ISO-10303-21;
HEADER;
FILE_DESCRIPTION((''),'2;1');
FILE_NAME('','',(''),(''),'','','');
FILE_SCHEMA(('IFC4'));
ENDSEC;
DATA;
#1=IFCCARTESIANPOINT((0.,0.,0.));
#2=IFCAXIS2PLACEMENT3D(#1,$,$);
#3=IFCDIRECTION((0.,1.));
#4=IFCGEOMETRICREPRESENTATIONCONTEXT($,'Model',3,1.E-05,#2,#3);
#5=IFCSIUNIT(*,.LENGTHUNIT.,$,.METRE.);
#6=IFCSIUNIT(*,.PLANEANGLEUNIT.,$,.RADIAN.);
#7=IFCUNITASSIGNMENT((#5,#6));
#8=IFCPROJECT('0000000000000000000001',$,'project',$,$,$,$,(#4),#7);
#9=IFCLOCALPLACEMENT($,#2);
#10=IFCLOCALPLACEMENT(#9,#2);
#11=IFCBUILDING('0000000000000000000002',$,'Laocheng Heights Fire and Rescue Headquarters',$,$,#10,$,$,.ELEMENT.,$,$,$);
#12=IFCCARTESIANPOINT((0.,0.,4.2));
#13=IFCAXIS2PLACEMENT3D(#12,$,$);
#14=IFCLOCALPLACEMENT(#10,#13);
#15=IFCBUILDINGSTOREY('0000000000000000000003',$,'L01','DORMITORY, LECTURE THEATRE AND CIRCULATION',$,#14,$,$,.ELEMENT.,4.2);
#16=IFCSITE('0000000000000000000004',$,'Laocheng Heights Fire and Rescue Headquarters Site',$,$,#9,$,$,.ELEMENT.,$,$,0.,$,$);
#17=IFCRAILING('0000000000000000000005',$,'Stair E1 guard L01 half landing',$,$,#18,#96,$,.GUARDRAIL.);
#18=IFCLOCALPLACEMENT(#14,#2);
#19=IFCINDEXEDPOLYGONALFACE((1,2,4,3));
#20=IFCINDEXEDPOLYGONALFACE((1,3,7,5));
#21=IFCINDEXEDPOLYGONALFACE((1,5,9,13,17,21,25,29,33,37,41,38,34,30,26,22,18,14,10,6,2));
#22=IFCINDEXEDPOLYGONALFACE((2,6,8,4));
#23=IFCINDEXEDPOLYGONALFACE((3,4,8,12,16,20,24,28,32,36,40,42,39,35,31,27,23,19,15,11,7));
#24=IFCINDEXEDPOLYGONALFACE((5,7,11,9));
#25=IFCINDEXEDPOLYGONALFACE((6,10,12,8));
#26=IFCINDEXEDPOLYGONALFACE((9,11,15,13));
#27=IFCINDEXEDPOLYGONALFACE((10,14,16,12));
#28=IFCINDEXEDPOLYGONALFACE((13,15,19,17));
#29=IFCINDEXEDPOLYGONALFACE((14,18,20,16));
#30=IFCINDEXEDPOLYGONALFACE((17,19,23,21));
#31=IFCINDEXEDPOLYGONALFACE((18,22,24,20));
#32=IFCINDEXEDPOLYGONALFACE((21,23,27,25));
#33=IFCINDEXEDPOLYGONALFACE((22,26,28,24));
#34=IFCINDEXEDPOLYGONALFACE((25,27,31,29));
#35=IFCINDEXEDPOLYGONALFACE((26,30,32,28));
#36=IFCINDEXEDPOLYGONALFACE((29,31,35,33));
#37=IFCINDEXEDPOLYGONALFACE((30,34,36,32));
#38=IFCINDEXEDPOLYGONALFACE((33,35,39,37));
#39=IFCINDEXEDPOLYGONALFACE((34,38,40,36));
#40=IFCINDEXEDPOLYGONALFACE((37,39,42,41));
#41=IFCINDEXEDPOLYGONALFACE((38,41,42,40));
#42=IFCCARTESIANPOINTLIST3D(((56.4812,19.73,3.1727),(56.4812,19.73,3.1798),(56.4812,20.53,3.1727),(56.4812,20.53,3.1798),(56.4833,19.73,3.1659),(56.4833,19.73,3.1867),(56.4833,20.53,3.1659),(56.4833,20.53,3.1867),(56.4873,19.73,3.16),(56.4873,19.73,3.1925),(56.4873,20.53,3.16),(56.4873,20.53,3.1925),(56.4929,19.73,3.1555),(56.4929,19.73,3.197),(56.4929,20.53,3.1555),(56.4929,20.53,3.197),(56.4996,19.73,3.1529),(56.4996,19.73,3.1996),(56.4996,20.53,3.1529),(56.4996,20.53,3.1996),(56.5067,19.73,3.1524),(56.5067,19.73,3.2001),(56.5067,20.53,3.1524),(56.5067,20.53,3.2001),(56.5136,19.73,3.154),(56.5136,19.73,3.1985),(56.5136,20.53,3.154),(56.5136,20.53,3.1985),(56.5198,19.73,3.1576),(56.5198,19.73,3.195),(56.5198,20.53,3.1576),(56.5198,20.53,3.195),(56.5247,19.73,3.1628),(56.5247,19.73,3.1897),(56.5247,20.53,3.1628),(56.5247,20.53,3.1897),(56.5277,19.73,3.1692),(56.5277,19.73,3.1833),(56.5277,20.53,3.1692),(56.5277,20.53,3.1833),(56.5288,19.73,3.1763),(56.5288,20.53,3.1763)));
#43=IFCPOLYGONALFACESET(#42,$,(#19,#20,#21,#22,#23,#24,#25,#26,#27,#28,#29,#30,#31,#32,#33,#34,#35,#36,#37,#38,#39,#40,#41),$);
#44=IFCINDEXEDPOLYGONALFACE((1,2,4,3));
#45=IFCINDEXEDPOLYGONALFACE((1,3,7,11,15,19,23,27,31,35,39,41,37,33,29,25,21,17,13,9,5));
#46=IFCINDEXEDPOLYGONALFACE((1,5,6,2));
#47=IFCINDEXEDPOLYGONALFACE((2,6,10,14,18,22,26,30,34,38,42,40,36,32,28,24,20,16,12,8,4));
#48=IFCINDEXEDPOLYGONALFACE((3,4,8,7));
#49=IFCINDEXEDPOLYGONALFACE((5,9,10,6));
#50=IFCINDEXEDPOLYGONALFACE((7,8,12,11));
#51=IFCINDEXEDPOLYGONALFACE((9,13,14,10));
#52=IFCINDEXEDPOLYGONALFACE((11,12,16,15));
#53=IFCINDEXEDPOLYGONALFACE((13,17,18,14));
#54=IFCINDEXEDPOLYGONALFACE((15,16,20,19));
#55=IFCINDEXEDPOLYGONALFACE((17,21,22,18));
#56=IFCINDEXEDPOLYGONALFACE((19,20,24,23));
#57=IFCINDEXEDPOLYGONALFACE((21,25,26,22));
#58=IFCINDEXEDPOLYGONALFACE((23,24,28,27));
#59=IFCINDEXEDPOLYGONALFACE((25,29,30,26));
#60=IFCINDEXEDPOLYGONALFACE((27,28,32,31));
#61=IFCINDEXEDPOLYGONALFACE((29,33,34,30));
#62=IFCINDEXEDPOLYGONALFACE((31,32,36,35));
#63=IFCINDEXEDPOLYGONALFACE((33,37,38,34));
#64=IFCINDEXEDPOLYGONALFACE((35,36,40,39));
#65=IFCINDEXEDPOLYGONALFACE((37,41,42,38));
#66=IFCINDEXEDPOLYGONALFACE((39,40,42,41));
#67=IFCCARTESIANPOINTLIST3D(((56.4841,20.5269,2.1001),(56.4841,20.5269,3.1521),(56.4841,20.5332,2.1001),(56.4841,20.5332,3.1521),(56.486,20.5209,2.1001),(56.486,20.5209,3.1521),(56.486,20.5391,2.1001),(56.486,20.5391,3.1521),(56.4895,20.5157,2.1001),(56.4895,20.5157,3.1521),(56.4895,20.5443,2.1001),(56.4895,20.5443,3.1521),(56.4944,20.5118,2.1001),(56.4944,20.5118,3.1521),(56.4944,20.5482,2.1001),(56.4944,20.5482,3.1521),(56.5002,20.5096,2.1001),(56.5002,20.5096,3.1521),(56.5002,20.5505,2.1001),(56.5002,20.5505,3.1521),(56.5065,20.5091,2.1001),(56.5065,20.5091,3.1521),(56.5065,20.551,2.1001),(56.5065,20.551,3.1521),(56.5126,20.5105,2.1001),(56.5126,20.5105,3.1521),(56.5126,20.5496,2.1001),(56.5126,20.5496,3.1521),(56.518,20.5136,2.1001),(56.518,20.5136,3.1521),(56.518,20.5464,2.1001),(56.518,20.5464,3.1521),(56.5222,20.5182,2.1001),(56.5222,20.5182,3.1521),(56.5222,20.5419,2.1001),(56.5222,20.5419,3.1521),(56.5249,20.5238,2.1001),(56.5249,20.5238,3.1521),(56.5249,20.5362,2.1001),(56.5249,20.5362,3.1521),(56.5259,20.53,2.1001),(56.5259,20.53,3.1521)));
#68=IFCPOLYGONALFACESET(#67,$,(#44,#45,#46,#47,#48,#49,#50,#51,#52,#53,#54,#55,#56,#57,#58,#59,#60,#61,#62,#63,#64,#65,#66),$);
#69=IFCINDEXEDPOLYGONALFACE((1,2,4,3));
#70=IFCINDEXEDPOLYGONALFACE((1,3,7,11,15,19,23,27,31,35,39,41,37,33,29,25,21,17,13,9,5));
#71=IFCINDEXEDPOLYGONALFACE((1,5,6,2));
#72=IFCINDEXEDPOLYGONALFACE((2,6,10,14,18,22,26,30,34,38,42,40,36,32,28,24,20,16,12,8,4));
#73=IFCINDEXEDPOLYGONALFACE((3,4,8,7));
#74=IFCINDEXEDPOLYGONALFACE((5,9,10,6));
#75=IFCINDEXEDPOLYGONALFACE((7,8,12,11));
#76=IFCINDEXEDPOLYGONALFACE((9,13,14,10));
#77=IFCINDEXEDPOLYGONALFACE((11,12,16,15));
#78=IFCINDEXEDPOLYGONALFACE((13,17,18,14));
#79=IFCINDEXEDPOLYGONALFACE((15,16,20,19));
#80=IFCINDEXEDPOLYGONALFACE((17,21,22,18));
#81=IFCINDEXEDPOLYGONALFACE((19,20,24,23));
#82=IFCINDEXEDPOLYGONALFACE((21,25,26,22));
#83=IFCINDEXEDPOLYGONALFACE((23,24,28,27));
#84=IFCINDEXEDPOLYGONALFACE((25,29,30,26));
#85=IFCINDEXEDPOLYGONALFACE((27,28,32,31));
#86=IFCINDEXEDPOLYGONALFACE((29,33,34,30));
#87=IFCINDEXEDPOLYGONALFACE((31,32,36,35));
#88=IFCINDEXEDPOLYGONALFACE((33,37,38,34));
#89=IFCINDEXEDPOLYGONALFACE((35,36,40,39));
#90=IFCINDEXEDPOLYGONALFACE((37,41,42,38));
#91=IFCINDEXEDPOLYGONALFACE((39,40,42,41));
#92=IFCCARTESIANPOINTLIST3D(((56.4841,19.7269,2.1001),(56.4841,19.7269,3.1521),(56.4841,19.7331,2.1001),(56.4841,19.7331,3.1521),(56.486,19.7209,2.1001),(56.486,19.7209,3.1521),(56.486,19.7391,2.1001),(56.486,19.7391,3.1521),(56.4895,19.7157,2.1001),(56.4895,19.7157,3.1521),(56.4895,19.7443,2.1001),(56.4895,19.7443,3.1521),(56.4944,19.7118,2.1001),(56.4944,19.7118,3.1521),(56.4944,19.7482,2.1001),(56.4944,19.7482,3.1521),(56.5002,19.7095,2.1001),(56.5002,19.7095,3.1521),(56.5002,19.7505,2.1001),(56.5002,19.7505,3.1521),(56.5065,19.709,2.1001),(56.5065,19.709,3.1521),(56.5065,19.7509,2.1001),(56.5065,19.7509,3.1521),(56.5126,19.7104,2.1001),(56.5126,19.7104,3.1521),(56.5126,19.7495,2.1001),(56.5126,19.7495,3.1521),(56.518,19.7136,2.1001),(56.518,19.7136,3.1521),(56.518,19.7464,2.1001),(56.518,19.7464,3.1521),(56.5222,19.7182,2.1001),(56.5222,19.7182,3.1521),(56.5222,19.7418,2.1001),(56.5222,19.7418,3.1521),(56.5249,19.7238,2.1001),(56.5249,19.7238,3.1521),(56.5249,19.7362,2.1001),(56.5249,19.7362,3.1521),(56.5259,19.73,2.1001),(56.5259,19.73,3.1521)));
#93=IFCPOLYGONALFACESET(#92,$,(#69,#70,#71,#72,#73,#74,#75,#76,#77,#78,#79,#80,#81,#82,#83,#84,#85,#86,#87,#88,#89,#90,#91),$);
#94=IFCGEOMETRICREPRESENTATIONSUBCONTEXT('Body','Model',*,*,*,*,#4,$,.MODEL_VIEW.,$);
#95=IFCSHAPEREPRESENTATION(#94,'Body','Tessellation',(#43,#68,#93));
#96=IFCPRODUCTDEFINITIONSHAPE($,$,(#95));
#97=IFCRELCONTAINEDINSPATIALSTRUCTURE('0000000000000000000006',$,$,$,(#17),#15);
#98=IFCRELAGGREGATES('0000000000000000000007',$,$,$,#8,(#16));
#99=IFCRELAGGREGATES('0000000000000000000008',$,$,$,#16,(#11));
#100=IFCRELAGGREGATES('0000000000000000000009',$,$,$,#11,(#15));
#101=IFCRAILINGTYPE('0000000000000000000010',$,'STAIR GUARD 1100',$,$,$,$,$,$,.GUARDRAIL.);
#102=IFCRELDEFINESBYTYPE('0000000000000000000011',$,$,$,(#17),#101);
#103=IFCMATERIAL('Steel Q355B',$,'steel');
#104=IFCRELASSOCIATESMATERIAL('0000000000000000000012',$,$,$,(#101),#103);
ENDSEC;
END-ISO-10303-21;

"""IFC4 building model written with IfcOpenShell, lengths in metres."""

from ifc_helpers import new_model, si_unit, direction, frame, origin, origin_2d, place, context, subcontext, project, spatial, circle, extrude, material, type_object, element, save


model = new_model("IFC4")

# Units and contexts
model_context = context("Model", 3, precision=1e-05, world=origin(), true_north=direction((0.0, 1.0)))
body_context = subcontext(model_context, "Body", "Model", "MODEL_VIEW")
ifc_project = project(units=[si_unit("LENGTHUNIT", "METRE"), si_unit("PLANEANGLEUNIT", "RADIAN")], contexts=[model_context])

# Site, building, storey
site_placement = place(None, origin())
site = spatial("IfcSite", under=ifc_project, at=site_placement, Name="Laocheng Heights Fire and Rescue Headquarters Site", CompositionType="ELEMENT", RefElevation=0.0)
building_placement = place(site_placement, origin())
building = spatial("IfcBuilding", under=site, at=building_placement, Name="Laocheng Heights Fire and Rescue Headquarters", CompositionType="ELEMENT")
storey_placement = place(building_placement, frame((0.0, 0.0, 4.2)))
storey = spatial("IfcBuildingStorey", under=building, at=storey_placement, Name="L01", Description="DORMITORY, LECTURE THEATRE AND CIRCULATION", CompositionType="ELEMENT", Elevation=4.2)

# Railing
ifc_material_1 = material(Name="Steel Q355B", Category="steel")
railing_type_1 = type_object("IfcRailingType", Name="STAIR GUARD 1100", PredefinedType="GUARDRAIL", material=ifc_material_1)
railing_1_placement = place(storey_placement, frame((56.5049, 20.53, 2.1001)))
element("IfcRailing", 1, at=railing_1_placement, inside=storey, type_object=railing_type_1, Name="Stair E1 guard L01 half landing", PredefinedType="GUARDRAIL", context=body_context, shape_type="SweptSolid", body=[
    extrude(circle(Radius=0.0239, at=origin_2d()), frame((0.0, 0.0, 1.0762), z_axis=(0.0, -1.0, 0.0), x_axis=(1.0, 0.0, 0.0)), (0.0, 0.0, 1.0), 0.8),
    extrude(circle(Radius=0.021, at=origin_2d()), origin(), (0.0, 0.0, 1.0), 1.052),
    extrude(circle(Radius=0.021, at=origin_2d()), frame((0.0, -0.8, 0.0)), (0.0, 0.0, 1.0), 1.052),
])

save(model, "model.ifc")
